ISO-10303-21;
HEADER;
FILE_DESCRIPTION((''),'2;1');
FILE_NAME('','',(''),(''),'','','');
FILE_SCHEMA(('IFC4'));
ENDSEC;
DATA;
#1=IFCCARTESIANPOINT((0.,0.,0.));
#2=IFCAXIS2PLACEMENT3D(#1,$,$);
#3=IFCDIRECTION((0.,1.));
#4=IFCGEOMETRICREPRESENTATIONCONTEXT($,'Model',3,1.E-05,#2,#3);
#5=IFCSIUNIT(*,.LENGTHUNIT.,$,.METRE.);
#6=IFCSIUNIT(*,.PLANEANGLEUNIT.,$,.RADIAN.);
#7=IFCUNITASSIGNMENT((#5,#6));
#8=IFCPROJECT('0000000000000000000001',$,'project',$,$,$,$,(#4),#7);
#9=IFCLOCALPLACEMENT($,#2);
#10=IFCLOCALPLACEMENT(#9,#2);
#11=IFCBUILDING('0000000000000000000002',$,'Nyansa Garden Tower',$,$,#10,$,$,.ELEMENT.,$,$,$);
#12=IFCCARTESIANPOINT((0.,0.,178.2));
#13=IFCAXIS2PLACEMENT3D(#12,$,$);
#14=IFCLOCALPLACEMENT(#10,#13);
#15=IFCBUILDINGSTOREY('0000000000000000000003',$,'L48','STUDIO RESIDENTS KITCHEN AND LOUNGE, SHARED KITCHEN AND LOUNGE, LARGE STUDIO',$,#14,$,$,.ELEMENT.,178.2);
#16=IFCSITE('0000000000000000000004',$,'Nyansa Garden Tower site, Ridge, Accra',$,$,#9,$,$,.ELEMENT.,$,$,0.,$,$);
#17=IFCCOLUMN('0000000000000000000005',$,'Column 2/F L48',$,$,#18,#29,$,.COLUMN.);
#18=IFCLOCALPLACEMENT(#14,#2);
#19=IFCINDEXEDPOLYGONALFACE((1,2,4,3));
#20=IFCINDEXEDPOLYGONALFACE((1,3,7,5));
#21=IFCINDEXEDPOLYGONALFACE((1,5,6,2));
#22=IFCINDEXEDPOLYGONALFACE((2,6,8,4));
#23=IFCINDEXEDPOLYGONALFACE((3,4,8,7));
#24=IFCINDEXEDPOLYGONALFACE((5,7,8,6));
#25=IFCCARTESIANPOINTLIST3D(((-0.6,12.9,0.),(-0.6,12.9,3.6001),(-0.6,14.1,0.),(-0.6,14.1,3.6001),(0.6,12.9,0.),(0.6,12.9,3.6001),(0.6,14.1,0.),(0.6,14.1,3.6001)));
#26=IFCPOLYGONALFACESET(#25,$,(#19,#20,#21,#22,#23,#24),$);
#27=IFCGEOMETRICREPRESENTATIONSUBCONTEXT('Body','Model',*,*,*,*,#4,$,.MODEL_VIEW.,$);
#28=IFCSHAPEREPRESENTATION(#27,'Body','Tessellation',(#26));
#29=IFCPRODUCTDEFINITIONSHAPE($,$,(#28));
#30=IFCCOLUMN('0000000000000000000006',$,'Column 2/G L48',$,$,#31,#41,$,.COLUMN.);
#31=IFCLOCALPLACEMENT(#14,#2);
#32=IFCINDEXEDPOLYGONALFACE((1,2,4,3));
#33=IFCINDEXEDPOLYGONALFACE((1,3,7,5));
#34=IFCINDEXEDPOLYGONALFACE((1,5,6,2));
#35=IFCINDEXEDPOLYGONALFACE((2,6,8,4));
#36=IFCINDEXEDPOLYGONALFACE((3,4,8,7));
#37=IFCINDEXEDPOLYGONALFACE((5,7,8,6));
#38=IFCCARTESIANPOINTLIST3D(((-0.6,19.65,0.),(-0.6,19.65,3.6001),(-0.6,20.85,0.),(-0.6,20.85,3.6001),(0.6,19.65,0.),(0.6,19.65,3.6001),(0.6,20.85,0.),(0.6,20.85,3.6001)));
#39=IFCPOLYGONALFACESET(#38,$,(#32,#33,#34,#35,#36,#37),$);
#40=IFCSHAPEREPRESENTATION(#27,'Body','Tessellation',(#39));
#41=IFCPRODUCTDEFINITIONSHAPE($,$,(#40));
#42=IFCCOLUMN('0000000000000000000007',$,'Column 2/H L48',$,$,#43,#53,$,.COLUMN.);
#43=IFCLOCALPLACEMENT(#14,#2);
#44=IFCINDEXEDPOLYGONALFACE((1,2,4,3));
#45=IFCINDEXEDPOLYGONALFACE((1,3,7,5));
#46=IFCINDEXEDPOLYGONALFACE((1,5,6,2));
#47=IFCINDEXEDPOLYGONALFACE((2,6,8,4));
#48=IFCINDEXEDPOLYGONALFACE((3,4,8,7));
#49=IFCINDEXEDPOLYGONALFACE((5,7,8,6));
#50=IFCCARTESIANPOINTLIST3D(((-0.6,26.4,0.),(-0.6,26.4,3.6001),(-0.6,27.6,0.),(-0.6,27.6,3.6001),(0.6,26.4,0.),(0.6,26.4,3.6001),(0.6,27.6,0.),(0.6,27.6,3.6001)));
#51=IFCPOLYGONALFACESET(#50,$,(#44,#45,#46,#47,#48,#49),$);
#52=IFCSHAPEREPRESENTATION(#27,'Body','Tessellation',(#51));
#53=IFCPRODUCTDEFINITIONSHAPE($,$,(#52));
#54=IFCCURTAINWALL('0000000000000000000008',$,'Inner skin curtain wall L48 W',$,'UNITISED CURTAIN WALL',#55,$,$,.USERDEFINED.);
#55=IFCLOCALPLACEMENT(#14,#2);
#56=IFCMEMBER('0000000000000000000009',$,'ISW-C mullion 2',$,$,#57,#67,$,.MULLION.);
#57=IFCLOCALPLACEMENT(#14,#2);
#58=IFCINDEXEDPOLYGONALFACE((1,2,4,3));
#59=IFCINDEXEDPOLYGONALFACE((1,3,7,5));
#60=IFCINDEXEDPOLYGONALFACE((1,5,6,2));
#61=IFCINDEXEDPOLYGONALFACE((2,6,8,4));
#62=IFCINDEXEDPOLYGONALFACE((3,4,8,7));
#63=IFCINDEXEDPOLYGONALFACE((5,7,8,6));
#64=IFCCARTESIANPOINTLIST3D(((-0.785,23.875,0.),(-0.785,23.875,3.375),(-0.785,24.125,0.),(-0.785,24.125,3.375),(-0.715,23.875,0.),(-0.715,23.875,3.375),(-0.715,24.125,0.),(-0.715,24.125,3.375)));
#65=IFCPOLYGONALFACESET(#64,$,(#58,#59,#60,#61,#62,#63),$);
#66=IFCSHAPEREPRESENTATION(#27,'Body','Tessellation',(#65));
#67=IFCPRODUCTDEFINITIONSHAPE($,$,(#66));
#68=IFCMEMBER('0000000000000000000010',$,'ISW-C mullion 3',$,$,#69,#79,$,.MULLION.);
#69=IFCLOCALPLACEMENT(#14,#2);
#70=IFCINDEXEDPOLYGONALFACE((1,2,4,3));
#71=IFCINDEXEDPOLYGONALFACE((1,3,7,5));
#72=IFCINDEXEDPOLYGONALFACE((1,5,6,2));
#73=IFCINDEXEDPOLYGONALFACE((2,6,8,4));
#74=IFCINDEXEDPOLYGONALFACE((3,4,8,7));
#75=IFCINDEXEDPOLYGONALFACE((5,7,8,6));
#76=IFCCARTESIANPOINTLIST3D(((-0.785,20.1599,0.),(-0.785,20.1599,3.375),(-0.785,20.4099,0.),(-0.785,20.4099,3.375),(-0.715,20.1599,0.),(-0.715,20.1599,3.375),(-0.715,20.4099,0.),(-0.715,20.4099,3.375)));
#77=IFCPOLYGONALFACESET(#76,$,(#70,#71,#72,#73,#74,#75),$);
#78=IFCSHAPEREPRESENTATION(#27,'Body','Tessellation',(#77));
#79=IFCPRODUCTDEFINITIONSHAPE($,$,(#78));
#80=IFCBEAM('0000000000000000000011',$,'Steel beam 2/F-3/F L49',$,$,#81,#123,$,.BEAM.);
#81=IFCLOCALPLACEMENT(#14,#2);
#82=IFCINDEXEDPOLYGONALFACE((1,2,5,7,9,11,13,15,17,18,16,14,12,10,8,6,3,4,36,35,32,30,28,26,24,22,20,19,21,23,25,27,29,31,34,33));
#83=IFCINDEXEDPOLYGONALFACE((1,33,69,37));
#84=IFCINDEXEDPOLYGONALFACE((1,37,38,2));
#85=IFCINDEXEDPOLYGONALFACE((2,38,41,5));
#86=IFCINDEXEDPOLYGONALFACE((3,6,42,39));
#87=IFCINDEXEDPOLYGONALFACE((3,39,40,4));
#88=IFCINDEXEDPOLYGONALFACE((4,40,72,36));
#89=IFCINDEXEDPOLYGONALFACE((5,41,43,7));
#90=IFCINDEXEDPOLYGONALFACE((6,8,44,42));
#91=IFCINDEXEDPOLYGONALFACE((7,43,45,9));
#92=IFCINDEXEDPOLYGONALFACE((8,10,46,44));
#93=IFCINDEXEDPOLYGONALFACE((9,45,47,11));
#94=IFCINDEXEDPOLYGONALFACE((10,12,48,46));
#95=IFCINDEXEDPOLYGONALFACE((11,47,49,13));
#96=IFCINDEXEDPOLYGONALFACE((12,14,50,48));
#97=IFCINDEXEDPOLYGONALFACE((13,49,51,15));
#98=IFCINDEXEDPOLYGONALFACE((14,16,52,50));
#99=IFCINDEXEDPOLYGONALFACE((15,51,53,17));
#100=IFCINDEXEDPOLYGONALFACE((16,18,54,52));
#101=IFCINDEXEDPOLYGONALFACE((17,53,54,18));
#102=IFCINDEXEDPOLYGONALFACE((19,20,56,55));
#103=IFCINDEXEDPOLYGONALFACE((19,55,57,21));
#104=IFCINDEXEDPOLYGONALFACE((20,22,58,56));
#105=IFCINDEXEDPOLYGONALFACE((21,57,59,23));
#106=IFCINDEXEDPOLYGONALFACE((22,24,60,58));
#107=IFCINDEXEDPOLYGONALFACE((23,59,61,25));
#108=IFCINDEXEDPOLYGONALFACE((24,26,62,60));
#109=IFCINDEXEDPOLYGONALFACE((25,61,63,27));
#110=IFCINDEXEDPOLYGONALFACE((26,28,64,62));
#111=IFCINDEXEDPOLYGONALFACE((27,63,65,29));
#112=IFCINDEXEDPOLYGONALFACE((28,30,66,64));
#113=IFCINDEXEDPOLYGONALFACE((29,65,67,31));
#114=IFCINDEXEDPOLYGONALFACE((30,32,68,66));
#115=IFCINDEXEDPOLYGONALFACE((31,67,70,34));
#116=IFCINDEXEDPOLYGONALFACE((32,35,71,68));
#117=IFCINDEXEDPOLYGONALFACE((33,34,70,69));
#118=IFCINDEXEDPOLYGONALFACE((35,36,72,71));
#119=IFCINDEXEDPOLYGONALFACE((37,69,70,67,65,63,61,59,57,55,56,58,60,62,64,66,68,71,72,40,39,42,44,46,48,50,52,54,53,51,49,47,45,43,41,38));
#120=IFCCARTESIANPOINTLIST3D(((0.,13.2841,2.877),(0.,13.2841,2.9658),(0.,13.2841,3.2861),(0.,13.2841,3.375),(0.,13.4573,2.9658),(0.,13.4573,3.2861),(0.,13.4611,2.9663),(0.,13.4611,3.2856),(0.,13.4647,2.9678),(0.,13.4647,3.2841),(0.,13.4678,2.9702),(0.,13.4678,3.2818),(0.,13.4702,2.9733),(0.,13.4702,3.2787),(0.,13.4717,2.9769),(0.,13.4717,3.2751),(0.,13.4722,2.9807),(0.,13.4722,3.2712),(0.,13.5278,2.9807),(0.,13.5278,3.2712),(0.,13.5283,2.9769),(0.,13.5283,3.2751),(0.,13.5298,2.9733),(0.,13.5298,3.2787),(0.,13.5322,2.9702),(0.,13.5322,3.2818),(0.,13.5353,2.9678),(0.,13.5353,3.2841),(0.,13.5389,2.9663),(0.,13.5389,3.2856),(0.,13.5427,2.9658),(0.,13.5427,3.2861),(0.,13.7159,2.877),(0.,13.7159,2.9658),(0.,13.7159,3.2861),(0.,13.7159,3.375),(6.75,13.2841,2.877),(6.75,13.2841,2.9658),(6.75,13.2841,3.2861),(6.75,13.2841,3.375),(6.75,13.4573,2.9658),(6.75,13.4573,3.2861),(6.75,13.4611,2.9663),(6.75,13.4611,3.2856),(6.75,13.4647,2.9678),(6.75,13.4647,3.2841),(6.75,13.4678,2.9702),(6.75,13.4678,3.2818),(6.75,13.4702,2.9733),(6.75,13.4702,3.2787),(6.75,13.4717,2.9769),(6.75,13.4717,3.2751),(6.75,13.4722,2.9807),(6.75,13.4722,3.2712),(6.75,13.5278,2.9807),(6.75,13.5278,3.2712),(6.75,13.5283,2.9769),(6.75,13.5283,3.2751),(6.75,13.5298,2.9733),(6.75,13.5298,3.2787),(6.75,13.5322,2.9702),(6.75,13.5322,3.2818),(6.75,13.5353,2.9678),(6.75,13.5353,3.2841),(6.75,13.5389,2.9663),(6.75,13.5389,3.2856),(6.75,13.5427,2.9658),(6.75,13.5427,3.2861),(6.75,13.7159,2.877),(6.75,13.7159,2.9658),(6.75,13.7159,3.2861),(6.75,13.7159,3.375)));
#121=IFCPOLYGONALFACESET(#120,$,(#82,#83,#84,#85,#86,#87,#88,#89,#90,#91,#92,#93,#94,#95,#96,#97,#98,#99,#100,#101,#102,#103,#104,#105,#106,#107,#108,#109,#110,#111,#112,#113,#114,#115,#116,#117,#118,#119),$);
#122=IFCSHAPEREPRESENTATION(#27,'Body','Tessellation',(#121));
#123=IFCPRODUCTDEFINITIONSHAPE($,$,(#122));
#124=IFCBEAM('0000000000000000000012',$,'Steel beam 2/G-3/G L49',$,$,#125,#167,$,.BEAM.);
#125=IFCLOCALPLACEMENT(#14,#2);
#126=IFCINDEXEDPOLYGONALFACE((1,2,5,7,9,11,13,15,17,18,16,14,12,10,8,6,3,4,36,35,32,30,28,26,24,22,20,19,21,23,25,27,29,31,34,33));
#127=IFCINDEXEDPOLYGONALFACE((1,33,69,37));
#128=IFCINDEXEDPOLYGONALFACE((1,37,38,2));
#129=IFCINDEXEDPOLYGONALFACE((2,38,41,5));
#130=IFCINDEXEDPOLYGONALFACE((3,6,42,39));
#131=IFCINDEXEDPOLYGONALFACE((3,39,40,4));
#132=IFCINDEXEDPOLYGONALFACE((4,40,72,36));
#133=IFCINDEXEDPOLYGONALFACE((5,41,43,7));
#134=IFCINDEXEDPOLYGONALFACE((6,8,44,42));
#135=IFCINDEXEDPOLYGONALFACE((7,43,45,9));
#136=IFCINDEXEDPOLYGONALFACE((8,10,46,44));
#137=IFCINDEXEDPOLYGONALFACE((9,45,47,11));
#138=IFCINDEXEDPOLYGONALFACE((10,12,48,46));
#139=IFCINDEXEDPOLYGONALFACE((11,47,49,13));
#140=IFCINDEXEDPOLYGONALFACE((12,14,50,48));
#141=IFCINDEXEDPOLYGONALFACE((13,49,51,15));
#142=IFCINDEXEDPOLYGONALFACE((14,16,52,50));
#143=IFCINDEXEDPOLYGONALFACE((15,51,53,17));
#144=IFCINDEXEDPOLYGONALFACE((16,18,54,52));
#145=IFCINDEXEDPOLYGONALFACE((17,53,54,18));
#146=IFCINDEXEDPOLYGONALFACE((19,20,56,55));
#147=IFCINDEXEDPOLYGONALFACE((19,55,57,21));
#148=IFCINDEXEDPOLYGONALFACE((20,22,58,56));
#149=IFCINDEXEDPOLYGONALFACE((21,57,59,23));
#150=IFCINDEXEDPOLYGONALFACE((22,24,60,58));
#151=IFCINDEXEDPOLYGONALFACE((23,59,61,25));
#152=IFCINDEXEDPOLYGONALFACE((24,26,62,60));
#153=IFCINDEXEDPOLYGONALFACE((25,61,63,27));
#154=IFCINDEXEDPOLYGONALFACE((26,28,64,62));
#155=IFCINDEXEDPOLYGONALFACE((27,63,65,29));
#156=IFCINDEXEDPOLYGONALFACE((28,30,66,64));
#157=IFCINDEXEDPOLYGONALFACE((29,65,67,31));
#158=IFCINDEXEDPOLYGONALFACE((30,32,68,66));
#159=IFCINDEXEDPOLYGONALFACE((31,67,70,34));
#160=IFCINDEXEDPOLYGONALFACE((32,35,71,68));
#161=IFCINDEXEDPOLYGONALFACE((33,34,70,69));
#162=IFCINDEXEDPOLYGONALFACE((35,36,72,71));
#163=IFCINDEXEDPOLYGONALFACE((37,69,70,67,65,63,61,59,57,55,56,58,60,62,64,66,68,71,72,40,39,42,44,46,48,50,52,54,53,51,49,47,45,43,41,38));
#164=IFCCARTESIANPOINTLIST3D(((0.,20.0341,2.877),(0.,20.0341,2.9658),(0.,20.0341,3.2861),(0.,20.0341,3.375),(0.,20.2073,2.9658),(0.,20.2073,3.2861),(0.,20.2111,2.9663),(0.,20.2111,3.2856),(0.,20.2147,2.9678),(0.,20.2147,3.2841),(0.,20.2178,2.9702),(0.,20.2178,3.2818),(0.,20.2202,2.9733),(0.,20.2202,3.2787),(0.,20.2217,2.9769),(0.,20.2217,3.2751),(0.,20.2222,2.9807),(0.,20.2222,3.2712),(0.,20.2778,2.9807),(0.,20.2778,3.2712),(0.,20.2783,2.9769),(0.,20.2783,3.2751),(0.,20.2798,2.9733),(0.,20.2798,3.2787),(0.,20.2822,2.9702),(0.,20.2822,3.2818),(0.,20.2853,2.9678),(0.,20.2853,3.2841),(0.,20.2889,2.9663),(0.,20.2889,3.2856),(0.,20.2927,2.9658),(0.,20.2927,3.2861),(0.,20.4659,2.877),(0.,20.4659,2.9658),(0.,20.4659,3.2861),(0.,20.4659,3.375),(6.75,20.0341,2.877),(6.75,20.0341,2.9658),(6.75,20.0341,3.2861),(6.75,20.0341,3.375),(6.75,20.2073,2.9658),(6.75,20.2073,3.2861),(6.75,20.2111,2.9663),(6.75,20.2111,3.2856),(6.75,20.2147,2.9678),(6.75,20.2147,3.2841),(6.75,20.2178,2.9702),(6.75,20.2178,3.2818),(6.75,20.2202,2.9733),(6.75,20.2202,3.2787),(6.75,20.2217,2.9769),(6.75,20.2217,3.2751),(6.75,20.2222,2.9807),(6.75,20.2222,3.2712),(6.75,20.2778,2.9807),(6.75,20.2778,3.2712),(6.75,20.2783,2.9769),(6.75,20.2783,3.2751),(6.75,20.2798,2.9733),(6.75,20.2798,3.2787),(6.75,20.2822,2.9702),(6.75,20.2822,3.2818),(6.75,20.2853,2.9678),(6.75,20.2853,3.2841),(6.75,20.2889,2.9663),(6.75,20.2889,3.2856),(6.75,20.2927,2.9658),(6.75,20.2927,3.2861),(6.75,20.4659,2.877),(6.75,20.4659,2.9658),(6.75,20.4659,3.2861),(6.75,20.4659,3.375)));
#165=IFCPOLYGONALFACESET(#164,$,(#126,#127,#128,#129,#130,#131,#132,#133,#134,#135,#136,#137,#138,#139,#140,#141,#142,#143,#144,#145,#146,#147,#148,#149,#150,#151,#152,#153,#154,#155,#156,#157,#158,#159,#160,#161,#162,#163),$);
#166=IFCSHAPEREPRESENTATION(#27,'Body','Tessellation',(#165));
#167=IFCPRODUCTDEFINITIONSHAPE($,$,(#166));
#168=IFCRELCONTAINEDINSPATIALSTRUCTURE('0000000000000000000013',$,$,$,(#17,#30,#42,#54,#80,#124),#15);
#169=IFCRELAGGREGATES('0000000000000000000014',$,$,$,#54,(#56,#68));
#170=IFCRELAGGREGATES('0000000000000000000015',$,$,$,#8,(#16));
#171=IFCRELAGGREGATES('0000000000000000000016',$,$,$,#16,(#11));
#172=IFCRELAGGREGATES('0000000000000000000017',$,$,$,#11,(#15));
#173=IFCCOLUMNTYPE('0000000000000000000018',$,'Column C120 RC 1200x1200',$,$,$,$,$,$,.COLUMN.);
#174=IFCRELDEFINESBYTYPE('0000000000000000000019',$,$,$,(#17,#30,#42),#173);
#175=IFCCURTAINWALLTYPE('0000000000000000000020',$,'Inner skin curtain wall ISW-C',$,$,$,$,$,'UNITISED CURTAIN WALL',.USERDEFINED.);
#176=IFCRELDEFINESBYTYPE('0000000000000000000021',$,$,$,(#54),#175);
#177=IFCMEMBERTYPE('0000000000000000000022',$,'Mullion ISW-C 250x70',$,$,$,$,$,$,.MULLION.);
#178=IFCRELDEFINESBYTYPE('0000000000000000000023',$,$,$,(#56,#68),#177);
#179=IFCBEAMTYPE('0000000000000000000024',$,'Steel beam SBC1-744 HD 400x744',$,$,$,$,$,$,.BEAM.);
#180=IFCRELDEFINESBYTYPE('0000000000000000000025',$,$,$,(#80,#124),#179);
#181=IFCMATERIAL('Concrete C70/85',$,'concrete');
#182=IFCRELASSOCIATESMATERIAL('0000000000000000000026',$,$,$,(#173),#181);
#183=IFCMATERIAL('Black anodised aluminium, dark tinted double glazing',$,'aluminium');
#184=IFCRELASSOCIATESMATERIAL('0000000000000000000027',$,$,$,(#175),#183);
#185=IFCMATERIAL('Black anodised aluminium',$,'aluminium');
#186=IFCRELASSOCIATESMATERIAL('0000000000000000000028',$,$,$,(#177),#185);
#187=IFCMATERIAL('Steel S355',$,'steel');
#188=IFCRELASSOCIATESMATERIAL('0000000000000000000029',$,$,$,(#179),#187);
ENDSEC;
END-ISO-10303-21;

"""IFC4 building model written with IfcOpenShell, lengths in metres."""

from ifc_helpers import new_model, si_unit, direction, frame, origin, origin_2d, place, context, subcontext, project, spatial, rectangle, i_section, extrude, material, material_profile, profile_set, type_object, element, aggregate, save


model = new_model("IFC4")

# Units and contexts
model_context = context("Model", 3, precision=1e-05, world=origin(), true_north=direction((0.0, 1.0)))
body_context = subcontext(model_context, "Body", "Model", "MODEL_VIEW")
ifc_project = project(units=[si_unit("LENGTHUNIT", "METRE"), si_unit("PLANEANGLEUNIT", "RADIAN")], contexts=[model_context])

# Site, building, storey
site_placement = place(None, origin())
site = spatial("IfcSite", under=ifc_project, at=site_placement, Name="Nyansa Garden Tower site, Ridge, Accra", CompositionType="ELEMENT", RefElevation=0.0)
building_placement = place(site_placement, origin())
building = spatial("IfcBuilding", under=site, at=building_placement, Name="Nyansa Garden Tower", CompositionType="ELEMENT")
storey_placement = place(building_placement, frame((0.0, 0.0, 178.2)))
storey = spatial("IfcBuildingStorey", under=building, at=storey_placement, Name="L48", Description="STUDIO RESIDENTS KITCHEN AND LOUNGE, SHARED KITCHEN AND LOUNGE, LARGE STUDIO", CompositionType="ELEMENT", Elevation=178.2)

# Columns
ifc_material_1 = material(Name="Concrete C70/85", Category="concrete")
ifc_material_profile_1 = material_profile(ifc_material_1, rectangle(XDim=1.2, YDim=1.2, at=origin_2d()), Name="RC 1200x1200")
ifc_profile_set_1 = profile_set([ifc_material_profile_1], Name="Concrete C70/85")
column_type = type_object("IfcColumnType", Name="Column C120 RC 1200x1200", PredefinedType="COLUMN", material=ifc_profile_set_1)
for number, where, z_axis, x_axis, name in (
    (1, (0.0, 13.5, 0.0), (0.0, 0.0, 1.0), (1.0, 0.0, 0.0), "Column 2/F L48"),
    (2, (0.0, 20.25, 0.0), (0.0, 0.0, 1.0), (1.0, 0.0, 0.0), "Column 2/G L48"),
    (3, (0.0, 27.0, 0.0), (0.0, 0.0, 1.0), (1.0, 0.0, 0.0), "Column 2/H L48"),
):
    element("IfcColumn", number, at=place(storey_placement, frame(where, z_axis=z_axis, x_axis=x_axis)), inside=storey, type_object=column_type, Name=name, PredefinedType="COLUMN", context=body_context, shape_type="SweptSolid", body=[
        extrude(rectangle(XDim=1.2, YDim=1.2, at=origin_2d()), origin(), (0.0, 0.0, 1.0), 3.6001),
    ])

# Curtain wall, members
ifc_material_2 = material(Name="Black anodised aluminium, dark tinted double glazing", Category="aluminium")
curtain_wall_type = type_object("IfcCurtainWallType", Name="Inner skin curtain wall ISW-C", ElementType="UNITISED CURTAIN WALL", PredefinedType="USERDEFINED", material=ifc_material_2)
curtain_wall_placement = place(storey_placement, origin())
curtain_wall = element("IfcCurtainWall", 4, at=curtain_wall_placement, inside=storey, type_object=curtain_wall_type, Name="Inner skin curtain wall L48 W", ObjectType="UNITISED CURTAIN WALL", PredefinedType="USERDEFINED")
ifc_material_3 = material(Name="Black anodised aluminium", Category="aluminium")
ifc_material_profile_2 = material_profile(ifc_material_3, rectangle(XDim=0.0701, YDim=0.25, at=origin_2d()), Name="Mullion 250x70")
ifc_profile_set_2 = profile_set([ifc_material_profile_2], Name="Black anodised aluminium")
member_type_1 = type_object("IfcMemberType", Name="Mullion ISW-C 250x70", PredefinedType="MULLION", material=ifc_profile_set_2)
member_1_placement = place(storey_placement, frame((-0.75, 24.0, 0.0), z_axis=(0.0, 0.0, 1.0), x_axis=(1.0, 0.0, 0.0)))
member_1 = element("IfcMember", 5, at=member_1_placement, type_object=member_type_1, Name="ISW-C mullion 2", PredefinedType="MULLION", context=body_context, shape_type="SweptSolid", body=[
    extrude(rectangle(XDim=0.0701, YDim=0.25, at=origin_2d()), origin(), (0.0, 0.0, 1.0), 3.375),
])
member_2_placement = place(storey_placement, frame((-0.75, 20.2849, 0.0), z_axis=(0.0, 0.0, 1.0), x_axis=(1.0, 0.0, 0.0)))
member_2 = element("IfcMember", 6, at=member_2_placement, type_object=member_type_1, Name="ISW-C mullion 3", PredefinedType="MULLION", context=body_context, shape_type="SweptSolid", body=[
    extrude(rectangle(XDim=0.0701, YDim=0.25, at=origin_2d()), origin(), (0.0, 0.0, 1.0), 3.375),
])

# Beams
ifc_material_4 = material(Name="Steel S355", Category="steel")
ifc_material_profile_3 = material_profile(ifc_material_4, i_section(OverallWidth=0.4319, OverallDepth=0.498, WebThickness=0.0557, FlangeThickness=0.0889, FilletRadius=0.0149, at=origin_2d()), Name="HD 400x744")
ifc_profile_set_3 = profile_set([ifc_material_profile_3], Name="Steel S355")
beam_type_1 = type_object("IfcBeamType", Name="Steel beam SBC1-744 HD 400x744", PredefinedType="BEAM", material=ifc_profile_set_3)
for number, where, z_axis, x_axis, name in (
    (7, (0.0, 13.5, 3.126), (1.0, 0.0, 0.0), (0.0, 1.0, 0.0), "Steel beam 2/F-3/F L49"),
    (8, (0.0, 20.25, 3.126), (1.0, 0.0, 0.0), (0.0, 1.0, 0.0), "Steel beam 2/G-3/G L49"),
):
    element("IfcBeam", number, at=place(storey_placement, frame(where, z_axis=z_axis, x_axis=x_axis)), inside=storey, type_object=beam_type_1, Name=name, PredefinedType="BEAM", context=body_context, shape_type="SweptSolid", body=[
        extrude(i_section(OverallWidth=0.4319, OverallDepth=0.498, WebThickness=0.0557, FlangeThickness=0.0889, FilletRadius=0.0149, at=origin_2d()), origin(), (0.0, 0.0, 1.0), 6.75),
    ])

aggregate(curtain_wall, [member_1, member_2])

save(model, "model.ifc")
